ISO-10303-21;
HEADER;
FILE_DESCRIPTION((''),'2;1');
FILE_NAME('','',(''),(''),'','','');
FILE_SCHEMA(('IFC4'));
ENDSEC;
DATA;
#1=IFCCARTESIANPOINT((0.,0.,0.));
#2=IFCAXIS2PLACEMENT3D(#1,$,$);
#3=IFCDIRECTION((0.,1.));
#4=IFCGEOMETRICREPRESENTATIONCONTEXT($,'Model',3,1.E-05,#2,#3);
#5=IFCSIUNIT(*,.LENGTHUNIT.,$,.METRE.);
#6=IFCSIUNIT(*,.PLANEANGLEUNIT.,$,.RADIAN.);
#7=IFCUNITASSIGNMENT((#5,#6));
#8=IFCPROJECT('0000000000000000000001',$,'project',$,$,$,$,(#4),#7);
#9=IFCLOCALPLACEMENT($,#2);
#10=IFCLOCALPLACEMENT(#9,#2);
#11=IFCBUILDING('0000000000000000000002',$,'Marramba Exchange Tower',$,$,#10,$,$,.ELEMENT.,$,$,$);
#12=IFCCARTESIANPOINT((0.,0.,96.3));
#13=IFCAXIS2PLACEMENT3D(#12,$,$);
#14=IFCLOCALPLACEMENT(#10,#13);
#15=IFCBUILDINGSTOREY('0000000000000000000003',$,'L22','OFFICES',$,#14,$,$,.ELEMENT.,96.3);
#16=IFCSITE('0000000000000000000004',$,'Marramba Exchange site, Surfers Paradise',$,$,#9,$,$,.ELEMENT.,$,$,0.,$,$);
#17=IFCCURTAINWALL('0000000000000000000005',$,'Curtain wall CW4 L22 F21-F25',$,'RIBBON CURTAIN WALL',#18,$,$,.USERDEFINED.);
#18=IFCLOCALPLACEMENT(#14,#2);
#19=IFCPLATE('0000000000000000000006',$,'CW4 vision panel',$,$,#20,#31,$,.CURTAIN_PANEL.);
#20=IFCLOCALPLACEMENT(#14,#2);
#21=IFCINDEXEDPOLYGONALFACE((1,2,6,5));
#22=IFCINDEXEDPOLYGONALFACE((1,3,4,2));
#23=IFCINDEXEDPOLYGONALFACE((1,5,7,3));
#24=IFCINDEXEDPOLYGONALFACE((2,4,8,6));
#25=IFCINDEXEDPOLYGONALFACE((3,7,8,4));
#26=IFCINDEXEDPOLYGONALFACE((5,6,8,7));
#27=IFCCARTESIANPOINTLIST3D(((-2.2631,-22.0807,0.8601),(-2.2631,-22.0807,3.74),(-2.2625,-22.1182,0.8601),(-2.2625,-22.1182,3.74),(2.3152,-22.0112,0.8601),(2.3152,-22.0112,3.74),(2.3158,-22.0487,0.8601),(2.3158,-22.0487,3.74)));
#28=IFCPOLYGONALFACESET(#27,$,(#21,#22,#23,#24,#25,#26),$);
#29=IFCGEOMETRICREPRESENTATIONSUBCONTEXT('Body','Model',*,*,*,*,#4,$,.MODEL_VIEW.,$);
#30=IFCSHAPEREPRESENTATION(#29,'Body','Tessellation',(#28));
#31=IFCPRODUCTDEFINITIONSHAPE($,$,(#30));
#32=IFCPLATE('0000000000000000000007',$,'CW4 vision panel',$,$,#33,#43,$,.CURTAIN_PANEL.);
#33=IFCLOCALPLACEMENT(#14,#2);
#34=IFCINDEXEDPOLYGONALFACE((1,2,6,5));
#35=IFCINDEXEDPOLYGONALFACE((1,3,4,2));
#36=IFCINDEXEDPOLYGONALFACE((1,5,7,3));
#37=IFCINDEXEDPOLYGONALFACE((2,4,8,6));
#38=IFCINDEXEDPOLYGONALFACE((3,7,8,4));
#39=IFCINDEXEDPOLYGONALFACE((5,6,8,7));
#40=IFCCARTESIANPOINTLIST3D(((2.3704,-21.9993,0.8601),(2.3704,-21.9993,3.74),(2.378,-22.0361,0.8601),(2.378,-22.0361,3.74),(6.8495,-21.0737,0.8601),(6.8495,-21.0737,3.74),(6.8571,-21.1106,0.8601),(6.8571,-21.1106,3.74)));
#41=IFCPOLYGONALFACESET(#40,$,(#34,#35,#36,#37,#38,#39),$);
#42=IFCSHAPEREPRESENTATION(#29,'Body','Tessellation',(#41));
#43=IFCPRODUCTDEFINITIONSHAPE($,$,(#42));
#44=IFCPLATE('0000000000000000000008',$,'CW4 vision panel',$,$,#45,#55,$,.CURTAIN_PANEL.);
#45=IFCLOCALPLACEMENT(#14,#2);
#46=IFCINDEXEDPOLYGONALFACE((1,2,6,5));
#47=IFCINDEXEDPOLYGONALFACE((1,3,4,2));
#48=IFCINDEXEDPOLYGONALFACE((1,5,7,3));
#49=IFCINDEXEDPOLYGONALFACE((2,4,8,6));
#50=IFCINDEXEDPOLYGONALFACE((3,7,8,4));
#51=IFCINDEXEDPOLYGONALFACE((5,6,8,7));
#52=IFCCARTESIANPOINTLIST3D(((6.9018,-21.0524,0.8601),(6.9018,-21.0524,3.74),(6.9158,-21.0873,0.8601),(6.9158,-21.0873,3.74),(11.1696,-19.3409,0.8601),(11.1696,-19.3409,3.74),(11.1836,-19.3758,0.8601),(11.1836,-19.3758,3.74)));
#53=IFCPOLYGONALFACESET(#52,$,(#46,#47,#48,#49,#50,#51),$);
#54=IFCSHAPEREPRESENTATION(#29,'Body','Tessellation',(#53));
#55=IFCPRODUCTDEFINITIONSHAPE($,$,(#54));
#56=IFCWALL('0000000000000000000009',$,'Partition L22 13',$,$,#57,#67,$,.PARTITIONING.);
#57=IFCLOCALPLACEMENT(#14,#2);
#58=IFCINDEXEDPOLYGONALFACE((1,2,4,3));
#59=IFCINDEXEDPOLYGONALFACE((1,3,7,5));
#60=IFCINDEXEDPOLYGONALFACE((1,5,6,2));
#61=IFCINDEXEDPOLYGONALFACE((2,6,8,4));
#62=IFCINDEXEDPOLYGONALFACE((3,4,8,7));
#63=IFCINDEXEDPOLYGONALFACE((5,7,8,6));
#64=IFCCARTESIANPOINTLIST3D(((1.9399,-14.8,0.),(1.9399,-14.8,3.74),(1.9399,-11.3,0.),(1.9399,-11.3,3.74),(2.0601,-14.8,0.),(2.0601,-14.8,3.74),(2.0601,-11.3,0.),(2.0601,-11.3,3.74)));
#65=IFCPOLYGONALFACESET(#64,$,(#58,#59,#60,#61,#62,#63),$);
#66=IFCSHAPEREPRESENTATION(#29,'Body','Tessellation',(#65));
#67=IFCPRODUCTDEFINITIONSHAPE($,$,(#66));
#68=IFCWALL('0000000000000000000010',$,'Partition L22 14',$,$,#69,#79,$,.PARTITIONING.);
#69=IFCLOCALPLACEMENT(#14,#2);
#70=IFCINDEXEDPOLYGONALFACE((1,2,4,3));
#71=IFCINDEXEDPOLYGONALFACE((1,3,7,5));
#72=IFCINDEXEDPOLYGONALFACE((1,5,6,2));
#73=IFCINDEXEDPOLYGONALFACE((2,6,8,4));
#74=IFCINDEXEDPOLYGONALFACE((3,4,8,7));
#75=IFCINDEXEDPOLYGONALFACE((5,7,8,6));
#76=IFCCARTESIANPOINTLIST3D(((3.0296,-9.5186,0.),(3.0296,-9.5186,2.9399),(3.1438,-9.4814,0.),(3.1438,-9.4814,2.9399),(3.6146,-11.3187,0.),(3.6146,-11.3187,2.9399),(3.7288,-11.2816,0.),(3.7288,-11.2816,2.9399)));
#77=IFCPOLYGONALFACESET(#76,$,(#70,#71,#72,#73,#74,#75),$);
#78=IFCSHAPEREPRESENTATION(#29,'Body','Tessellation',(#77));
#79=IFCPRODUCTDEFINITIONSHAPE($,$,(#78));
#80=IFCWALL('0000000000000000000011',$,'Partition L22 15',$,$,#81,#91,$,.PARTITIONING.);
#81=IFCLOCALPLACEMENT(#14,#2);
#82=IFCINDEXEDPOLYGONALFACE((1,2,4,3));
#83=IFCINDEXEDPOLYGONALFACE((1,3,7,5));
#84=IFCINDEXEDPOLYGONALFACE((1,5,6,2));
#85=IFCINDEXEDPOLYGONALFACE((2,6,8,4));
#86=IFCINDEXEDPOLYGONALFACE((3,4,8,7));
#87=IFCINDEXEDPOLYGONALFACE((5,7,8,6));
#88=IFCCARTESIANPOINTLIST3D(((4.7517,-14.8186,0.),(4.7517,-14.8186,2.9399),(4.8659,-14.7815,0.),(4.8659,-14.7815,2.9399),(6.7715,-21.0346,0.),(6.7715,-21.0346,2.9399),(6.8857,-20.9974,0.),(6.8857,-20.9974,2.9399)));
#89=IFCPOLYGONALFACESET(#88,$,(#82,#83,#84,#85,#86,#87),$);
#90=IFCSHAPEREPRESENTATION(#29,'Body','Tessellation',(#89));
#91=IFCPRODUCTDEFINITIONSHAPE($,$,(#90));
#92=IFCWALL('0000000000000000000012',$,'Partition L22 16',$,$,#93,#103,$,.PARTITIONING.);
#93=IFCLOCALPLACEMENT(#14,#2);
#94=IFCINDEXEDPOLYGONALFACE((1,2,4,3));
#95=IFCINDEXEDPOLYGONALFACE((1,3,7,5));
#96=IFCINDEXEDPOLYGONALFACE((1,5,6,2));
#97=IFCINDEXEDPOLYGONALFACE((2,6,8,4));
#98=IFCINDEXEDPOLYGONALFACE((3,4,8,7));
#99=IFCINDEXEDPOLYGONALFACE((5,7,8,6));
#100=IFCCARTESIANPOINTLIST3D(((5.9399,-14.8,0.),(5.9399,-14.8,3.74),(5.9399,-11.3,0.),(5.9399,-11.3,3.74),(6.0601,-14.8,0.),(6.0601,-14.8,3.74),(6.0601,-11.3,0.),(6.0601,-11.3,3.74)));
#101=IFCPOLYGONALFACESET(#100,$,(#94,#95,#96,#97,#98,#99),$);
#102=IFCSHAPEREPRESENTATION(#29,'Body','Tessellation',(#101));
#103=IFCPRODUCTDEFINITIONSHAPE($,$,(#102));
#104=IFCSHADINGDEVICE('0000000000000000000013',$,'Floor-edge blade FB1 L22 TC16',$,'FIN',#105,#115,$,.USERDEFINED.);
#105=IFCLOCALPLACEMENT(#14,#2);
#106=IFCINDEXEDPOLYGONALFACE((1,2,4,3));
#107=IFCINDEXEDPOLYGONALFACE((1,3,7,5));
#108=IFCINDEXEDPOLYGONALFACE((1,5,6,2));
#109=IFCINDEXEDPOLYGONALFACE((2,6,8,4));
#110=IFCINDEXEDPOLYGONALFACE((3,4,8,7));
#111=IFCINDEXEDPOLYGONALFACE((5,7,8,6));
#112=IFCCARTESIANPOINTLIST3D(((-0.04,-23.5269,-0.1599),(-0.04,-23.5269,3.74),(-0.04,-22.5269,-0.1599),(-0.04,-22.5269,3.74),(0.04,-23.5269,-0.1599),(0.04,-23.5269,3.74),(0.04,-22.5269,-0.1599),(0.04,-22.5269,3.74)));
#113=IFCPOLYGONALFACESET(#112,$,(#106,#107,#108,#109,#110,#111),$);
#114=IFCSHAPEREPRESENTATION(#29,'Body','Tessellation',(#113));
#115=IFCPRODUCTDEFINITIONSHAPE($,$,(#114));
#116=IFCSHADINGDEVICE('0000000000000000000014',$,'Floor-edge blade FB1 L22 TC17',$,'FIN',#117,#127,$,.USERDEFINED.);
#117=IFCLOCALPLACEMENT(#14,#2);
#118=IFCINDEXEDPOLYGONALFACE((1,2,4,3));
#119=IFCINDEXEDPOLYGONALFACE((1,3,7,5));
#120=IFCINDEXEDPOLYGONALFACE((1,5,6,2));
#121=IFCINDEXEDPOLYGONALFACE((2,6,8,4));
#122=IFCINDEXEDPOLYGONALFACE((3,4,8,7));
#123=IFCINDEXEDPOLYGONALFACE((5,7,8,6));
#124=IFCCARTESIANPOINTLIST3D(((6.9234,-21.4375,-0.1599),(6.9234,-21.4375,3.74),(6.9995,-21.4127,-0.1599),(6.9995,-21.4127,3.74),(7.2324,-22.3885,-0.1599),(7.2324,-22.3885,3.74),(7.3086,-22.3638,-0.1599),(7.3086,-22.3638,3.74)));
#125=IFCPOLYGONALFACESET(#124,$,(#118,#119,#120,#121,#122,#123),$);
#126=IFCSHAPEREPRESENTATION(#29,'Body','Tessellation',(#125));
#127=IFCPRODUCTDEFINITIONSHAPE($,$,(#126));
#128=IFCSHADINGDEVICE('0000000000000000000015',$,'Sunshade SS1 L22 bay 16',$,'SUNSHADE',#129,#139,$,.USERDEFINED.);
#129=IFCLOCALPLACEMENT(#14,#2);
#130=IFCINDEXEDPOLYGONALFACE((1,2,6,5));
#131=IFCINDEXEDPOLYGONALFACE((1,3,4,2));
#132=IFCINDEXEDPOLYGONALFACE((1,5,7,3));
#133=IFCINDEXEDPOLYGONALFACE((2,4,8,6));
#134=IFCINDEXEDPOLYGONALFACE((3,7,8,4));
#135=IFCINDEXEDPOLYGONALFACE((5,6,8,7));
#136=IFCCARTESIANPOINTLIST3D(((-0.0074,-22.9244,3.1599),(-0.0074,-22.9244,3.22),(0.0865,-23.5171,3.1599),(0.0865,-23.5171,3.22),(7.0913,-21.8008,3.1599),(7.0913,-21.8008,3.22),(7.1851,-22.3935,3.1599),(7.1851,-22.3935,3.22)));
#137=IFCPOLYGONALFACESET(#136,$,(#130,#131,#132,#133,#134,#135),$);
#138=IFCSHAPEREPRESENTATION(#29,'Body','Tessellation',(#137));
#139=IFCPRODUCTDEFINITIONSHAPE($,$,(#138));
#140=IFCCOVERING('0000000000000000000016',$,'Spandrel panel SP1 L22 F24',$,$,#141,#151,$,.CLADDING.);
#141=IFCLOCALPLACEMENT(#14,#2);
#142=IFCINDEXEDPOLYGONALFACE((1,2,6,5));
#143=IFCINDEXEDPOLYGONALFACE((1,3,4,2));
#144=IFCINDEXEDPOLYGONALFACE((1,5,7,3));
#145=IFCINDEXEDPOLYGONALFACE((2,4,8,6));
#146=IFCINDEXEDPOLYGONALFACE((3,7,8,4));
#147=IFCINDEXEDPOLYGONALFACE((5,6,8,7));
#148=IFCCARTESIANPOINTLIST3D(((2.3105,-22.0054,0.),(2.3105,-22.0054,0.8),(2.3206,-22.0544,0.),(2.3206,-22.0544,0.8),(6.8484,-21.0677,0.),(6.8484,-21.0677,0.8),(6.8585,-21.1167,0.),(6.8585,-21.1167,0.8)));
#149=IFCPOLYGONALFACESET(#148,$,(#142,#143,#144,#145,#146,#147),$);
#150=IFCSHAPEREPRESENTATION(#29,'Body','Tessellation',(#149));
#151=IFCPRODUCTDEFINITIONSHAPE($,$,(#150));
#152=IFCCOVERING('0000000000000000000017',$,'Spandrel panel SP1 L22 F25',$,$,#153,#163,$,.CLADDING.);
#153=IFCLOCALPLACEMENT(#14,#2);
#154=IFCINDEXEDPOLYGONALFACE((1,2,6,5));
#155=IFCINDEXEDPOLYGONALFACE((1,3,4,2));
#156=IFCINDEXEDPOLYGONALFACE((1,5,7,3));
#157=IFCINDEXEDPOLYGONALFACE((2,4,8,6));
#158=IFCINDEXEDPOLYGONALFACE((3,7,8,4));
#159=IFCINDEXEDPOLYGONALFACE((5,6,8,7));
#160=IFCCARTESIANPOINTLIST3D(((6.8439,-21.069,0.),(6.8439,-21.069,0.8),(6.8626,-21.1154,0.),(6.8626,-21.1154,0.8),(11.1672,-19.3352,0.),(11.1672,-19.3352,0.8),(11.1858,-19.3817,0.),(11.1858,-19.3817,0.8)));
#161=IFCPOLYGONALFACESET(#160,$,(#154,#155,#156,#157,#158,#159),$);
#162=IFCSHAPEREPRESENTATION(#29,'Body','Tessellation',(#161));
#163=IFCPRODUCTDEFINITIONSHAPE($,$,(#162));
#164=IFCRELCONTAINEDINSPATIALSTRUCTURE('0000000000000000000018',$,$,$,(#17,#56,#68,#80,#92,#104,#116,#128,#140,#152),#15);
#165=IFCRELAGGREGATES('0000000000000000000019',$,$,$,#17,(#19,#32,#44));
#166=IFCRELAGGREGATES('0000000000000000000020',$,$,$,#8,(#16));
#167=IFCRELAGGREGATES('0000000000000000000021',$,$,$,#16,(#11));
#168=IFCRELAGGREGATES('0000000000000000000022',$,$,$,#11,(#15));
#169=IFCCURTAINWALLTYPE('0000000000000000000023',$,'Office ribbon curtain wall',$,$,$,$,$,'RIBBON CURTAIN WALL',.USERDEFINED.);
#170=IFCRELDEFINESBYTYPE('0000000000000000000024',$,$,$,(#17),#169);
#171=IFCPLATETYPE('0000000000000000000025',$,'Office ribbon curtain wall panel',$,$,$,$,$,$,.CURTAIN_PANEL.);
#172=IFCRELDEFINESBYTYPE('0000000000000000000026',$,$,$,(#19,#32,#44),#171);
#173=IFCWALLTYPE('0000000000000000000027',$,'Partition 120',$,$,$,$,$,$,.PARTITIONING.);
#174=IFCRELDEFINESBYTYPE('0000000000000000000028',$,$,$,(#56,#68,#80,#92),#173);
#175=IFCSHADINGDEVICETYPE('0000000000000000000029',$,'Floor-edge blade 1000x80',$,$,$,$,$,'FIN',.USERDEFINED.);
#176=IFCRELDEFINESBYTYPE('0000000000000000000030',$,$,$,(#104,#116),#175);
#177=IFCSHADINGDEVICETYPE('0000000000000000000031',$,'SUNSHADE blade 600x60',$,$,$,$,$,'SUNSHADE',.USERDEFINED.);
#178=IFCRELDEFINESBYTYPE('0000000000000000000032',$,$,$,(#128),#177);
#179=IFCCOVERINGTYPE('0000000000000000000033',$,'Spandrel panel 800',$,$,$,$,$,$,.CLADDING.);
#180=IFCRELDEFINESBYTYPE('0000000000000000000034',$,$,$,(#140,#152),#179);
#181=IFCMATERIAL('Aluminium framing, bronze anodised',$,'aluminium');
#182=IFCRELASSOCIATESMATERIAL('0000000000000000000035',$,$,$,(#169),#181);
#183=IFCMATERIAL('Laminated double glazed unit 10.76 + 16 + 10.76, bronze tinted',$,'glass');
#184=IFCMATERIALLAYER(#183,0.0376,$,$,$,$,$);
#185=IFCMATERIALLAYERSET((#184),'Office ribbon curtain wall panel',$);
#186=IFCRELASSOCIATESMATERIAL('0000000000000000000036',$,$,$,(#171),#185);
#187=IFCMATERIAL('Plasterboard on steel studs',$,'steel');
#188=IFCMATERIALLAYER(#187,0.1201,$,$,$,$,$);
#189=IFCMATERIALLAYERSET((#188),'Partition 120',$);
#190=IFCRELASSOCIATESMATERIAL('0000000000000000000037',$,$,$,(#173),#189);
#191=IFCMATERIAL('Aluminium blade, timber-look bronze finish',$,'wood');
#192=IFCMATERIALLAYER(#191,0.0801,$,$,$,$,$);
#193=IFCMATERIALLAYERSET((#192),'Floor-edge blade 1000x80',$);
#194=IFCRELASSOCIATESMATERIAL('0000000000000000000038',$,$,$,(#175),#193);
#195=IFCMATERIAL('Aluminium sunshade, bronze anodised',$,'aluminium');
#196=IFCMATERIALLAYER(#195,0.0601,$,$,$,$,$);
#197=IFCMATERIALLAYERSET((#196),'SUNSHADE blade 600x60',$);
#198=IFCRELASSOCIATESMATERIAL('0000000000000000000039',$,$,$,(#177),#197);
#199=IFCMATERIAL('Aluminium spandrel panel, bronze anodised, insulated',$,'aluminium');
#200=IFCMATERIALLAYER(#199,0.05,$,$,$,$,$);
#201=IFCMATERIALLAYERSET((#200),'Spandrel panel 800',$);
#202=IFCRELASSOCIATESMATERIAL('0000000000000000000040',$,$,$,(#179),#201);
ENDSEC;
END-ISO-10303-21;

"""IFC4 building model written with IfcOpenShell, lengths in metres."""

from ifc_helpers import new_model, si_unit, direction, frame, frame_2d, origin, origin_2d, place, context, subcontext, project, spatial, rectangle, extrude, material, layer, layer_set, type_object, element, aggregate, save


model = new_model("IFC4")

# Units and contexts
model_context = context("Model", 3, precision=1e-05, world=origin(), true_north=direction((0.0, 1.0)))
body_context = subcontext(model_context, "Body", "Model", "MODEL_VIEW")
ifc_project = project(units=[si_unit("LENGTHUNIT", "METRE"), si_unit("PLANEANGLEUNIT", "RADIAN")], contexts=[model_context])

# Site, building, storey
site_placement = place(None, origin())
site = spatial("IfcSite", under=ifc_project, at=site_placement, Name="Marramba Exchange site, Surfers Paradise", CompositionType="ELEMENT", RefElevation=0.0)
building_placement = place(site_placement, origin())
building = spatial("IfcBuilding", under=site, at=building_placement, Name="Marramba Exchange Tower", CompositionType="ELEMENT")
storey_placement = place(building_placement, frame((0.0, 0.0, 96.3)))
storey = spatial("IfcBuildingStorey", under=building, at=storey_placement, Name="L22", Description="OFFICES", CompositionType="ELEMENT", Elevation=96.3)

# Curtain wall
ifc_material_1 = material(Name="Aluminium framing, bronze anodised", Category="aluminium")
curtain_wall_type = type_object("IfcCurtainWallType", Name="Office ribbon curtain wall", ElementType="RIBBON CURTAIN WALL", PredefinedType="USERDEFINED", material=ifc_material_1)
curtain_wall_placement = place(storey_placement, origin())
curtain_wall = element("IfcCurtainWall", 1, at=curtain_wall_placement, inside=storey, type_object=curtain_wall_type, Name="Curtain wall CW4 L22 F21-F25", ObjectType="RIBBON CURTAIN WALL", PredefinedType="USERDEFINED")

# Plates
ifc_material_2 = material(Name="Laminated double glazed unit 10.76 + 16 + 10.76, bronze tinted", Category="glass")
ifc_layer_1 = layer(ifc_material_2, 0.0376)
ifc_layer_set_1 = layer_set([ifc_layer_1], Name="Office ribbon curtain wall panel")
plate_type = type_object("IfcPlateType", Name="Office ribbon curtain wall panel", PredefinedType="CURTAIN_PANEL", material=ifc_layer_set_1)
plate_1_placement = place(storey_placement, frame((0.0264, -22.0647, 0.8601), z_axis=(0.0, 0.0, 1.0), x_axis=(0.999885, 0.015179, 0.0)))
plate_1 = element("IfcPlate", 2, at=plate_1_placement, type_object=plate_type, Name="CW4 vision panel", PredefinedType="CURTAIN_PANEL", context=body_context, shape_type="SweptSolid", body=[
    extrude(rectangle(XDim=4.5789, YDim=0.0376, at=origin_2d()), origin(), (0.0, 0.0, 1.0), 2.8799),
])
plate_2_placement = place(storey_placement, frame((4.6138, -21.5549, 0.8601), z_axis=(0.0, 0.0, 1.0), x_axis=(0.97931, 0.202365, 0.0)))
plate_2 = element("IfcPlate", 3, at=plate_2_placement, type_object=plate_type, Name="CW4 vision panel", PredefinedType="CURTAIN_PANEL", context=body_context, shape_type="SweptSolid", body=[
    extrude(rectangle(XDim=4.5737, YDim=0.0376, at=origin_2d()), origin(), (0.0, 0.0, 1.0), 2.8799),
])
plate_3_placement = place(storey_placement, frame((9.0427, -20.2141, 0.8601), z_axis=(0.0, 0.0, 1.0), x_axis=(0.928149, 0.372209, 0.0)))
plate_3 = element("IfcPlate", 4, at=plate_3_placement, type_object=plate_type, Name="CW4 vision panel", PredefinedType="CURTAIN_PANEL", context=body_context, shape_type="SweptSolid", body=[
    extrude(rectangle(XDim=4.5981, YDim=0.0376, at=origin_2d()), origin(), (0.0, 0.0, 1.0), 2.8799),
])
aggregate(curtain_wall, [plate_1, plate_2, plate_3])

# Walls
ifc_material_3 = material(Name="Plasterboard on steel studs", Category="steel")
ifc_layer_2 = layer(ifc_material_3, 0.1201)
ifc_layer_set_2 = layer_set([ifc_layer_2], Name="Partition 120")
wall_type = type_object("IfcWallType", Name="Partition 120", PredefinedType="PARTITIONING", material=ifc_layer_set_2)
wall_1_placement = place(storey_placement, frame((2.0, -11.3, 0.0), z_axis=(0.0, 0.0, 1.0), x_axis=(0.0, -1.0, 0.0)))
element("IfcWall", 5, at=wall_1_placement, inside=storey, type_object=wall_type, Name="Partition L22 13", PredefinedType="PARTITIONING", context=body_context, shape_type="SweptSolid", body=[
    extrude(rectangle(XDim=3.5, YDim=0.1201, at=frame_2d((1.75, 0.0))), origin(), (0.0, 0.0, 1.0), 3.74),
])
wall_2_placement = place(storey_placement, frame((3.6716, -11.3, 0.0), z_axis=(0.0, 0.0, 1.0), x_axis=(-0.30906, 0.951043, 0.0)))
element("IfcWall", 6, at=wall_2_placement, inside=storey, type_object=wall_type, Name="Partition L22 14", PredefinedType="PARTITIONING", context=body_context, shape_type="SweptSolid", body=[
    extrude(rectangle(XDim=1.8928, YDim=0.1201, at=frame_2d((0.9463, 0.0))), origin(), (0.0, 0.0, 1.0), 2.9399),
])
wall_3_placement = place(storey_placement, frame((6.8286, -21.0161, 0.0), z_axis=(0.0, 0.0, 1.0), x_axis=(-0.309024, 0.951054, 0.0)))
element("IfcWall", 7, at=wall_3_placement, inside=storey, type_object=wall_type, Name="Partition L22 15", PredefinedType="PARTITIONING", context=body_context, shape_type="SweptSolid", body=[
    extrude(rectangle(XDim=6.5359, YDim=0.1201, at=frame_2d((3.2681, 0.0))), origin(), (0.0, 0.0, 1.0), 2.9399),
])
wall_4_placement = place(storey_placement, frame((6.0, -14.8, 0.0), z_axis=(0.0, 0.0, 1.0), x_axis=(0.0, 1.0, 0.0)))
element("IfcWall", 8, at=wall_4_placement, inside=storey, type_object=wall_type, Name="Partition L22 16", PredefinedType="PARTITIONING", context=body_context, shape_type="SweptSolid", body=[
    extrude(rectangle(XDim=3.5, YDim=0.1201, at=frame_2d((1.75, 0.0))), origin(), (0.0, 0.0, 1.0), 3.74),
])

# Shading devices
ifc_material_4 = material(Name="Aluminium blade, timber-look bronze finish", Category="wood")
ifc_layer_3 = layer(ifc_material_4, 0.0801)
ifc_layer_set_3 = layer_set([ifc_layer_3], Name="Floor-edge blade 1000x80")
shading_device_type_1 = type_object("IfcShadingDeviceType", Name="Floor-edge blade 1000x80", ElementType="FIN", PredefinedType="USERDEFINED", material=ifc_layer_set_3)
for number, where, z_axis, x_axis, name in (
    (9, (0.0, -23.0269, -0.1599), (0.0, 0.0, 1.0), (0.0, -1.0, 0.0), "Floor-edge blade FB1 L22 TC16"),
    (10, (7.116, -21.9006, -0.1599), (0.0, 0.0, 1.0), (0.309017, -0.951057, 0.0), "Floor-edge blade FB1 L22 TC17"),
):
    element("IfcShadingDevice", number, at=place(storey_placement, frame(where, z_axis=z_axis, x_axis=x_axis)), inside=storey, type_object=shading_device_type_1, Name=name, ObjectType="FIN", PredefinedType="USERDEFINED", context=body_context, shape_type="SweptSolid", body=[
        extrude(rectangle(XDim=1.0, YDim=0.0801, at=origin_2d()), origin(), (0.0, 0.0, 1.0), 3.8999),
    ])
ifc_material_5 = material(Name="Aluminium sunshade, bronze anodised", Category="aluminium")
ifc_layer_4 = layer(ifc_material_5, 0.0601)
ifc_layer_set_4 = layer_set([ifc_layer_4], Name="SUNSHADE blade 600x60")
shading_device_type_2 = type_object("IfcShadingDeviceType", Name="SUNSHADE blade 600x60", ElementType="SUNSHADE", PredefinedType="USERDEFINED", material=ifc_layer_set_4)
shading_device_placement = place(storey_placement, frame((3.5889, -22.6589, 3.1599), z_axis=(0.0, 0.0, 1.0), x_axis=(0.987705, 0.15633, 0.0)))
element("IfcShadingDevice", 11, at=shading_device_placement, inside=storey, type_object=shading_device_type_2, Name="Sunshade SS1 L22 bay 16", ObjectType="SUNSHADE", PredefinedType="USERDEFINED", context=body_context, shape_type="SweptSolid", body=[
    extrude(rectangle(XDim=7.187, YDim=0.6001, at=origin_2d()), origin(), (0.0, 0.0, 1.0), 0.0601),
])

# Coverings
ifc_material_6 = material(Name="Aluminium spandrel panel, bronze anodised, insulated", Category="aluminium")
ifc_layer_5 = layer(ifc_material_6, 0.05)
ifc_layer_set_5 = layer_set([ifc_layer_5], Name="Spandrel panel 800")
covering_type = type_object("IfcCoveringType", Name="Spandrel panel 800", PredefinedType="CLADDING", material=ifc_layer_set_5)
covering_1_placement = place(storey_placement, frame((4.5845, -21.561, 0.0), z_axis=(0.0, 0.0, 1.0), x_axis=(0.97931, 0.202365, 0.0)))
element("IfcCovering", 12, at=covering_1_placement, inside=storey, type_object=covering_type, Name="Spandrel panel SP1 L22 F24", PredefinedType="CLADDING", context=body_context, shape_type="SweptSolid", body=[
    extrude(rectangle(XDim=4.6338, YDim=0.05, at=origin_2d()), origin(), (0.0, 0.0, 1.0), 0.8),
])
covering_2_placement = place(storey_placement, frame((9.0149, -20.2253, 0.0), z_axis=(0.0, 0.0, 1.0), x_axis=(0.928149, 0.372209, 0.0)))
element("IfcCovering", 13, at=covering_2_placement, inside=storey, type_object=covering_type, Name="Spandrel panel SP1 L22 F25", PredefinedType="CLADDING", context=body_context, shape_type="SweptSolid", body=[
    extrude(rectangle(XDim=4.658, YDim=0.05, at=origin_2d()), origin(), (0.0, 0.0, 1.0), 0.8),
])

save(model, "model.ifc")
